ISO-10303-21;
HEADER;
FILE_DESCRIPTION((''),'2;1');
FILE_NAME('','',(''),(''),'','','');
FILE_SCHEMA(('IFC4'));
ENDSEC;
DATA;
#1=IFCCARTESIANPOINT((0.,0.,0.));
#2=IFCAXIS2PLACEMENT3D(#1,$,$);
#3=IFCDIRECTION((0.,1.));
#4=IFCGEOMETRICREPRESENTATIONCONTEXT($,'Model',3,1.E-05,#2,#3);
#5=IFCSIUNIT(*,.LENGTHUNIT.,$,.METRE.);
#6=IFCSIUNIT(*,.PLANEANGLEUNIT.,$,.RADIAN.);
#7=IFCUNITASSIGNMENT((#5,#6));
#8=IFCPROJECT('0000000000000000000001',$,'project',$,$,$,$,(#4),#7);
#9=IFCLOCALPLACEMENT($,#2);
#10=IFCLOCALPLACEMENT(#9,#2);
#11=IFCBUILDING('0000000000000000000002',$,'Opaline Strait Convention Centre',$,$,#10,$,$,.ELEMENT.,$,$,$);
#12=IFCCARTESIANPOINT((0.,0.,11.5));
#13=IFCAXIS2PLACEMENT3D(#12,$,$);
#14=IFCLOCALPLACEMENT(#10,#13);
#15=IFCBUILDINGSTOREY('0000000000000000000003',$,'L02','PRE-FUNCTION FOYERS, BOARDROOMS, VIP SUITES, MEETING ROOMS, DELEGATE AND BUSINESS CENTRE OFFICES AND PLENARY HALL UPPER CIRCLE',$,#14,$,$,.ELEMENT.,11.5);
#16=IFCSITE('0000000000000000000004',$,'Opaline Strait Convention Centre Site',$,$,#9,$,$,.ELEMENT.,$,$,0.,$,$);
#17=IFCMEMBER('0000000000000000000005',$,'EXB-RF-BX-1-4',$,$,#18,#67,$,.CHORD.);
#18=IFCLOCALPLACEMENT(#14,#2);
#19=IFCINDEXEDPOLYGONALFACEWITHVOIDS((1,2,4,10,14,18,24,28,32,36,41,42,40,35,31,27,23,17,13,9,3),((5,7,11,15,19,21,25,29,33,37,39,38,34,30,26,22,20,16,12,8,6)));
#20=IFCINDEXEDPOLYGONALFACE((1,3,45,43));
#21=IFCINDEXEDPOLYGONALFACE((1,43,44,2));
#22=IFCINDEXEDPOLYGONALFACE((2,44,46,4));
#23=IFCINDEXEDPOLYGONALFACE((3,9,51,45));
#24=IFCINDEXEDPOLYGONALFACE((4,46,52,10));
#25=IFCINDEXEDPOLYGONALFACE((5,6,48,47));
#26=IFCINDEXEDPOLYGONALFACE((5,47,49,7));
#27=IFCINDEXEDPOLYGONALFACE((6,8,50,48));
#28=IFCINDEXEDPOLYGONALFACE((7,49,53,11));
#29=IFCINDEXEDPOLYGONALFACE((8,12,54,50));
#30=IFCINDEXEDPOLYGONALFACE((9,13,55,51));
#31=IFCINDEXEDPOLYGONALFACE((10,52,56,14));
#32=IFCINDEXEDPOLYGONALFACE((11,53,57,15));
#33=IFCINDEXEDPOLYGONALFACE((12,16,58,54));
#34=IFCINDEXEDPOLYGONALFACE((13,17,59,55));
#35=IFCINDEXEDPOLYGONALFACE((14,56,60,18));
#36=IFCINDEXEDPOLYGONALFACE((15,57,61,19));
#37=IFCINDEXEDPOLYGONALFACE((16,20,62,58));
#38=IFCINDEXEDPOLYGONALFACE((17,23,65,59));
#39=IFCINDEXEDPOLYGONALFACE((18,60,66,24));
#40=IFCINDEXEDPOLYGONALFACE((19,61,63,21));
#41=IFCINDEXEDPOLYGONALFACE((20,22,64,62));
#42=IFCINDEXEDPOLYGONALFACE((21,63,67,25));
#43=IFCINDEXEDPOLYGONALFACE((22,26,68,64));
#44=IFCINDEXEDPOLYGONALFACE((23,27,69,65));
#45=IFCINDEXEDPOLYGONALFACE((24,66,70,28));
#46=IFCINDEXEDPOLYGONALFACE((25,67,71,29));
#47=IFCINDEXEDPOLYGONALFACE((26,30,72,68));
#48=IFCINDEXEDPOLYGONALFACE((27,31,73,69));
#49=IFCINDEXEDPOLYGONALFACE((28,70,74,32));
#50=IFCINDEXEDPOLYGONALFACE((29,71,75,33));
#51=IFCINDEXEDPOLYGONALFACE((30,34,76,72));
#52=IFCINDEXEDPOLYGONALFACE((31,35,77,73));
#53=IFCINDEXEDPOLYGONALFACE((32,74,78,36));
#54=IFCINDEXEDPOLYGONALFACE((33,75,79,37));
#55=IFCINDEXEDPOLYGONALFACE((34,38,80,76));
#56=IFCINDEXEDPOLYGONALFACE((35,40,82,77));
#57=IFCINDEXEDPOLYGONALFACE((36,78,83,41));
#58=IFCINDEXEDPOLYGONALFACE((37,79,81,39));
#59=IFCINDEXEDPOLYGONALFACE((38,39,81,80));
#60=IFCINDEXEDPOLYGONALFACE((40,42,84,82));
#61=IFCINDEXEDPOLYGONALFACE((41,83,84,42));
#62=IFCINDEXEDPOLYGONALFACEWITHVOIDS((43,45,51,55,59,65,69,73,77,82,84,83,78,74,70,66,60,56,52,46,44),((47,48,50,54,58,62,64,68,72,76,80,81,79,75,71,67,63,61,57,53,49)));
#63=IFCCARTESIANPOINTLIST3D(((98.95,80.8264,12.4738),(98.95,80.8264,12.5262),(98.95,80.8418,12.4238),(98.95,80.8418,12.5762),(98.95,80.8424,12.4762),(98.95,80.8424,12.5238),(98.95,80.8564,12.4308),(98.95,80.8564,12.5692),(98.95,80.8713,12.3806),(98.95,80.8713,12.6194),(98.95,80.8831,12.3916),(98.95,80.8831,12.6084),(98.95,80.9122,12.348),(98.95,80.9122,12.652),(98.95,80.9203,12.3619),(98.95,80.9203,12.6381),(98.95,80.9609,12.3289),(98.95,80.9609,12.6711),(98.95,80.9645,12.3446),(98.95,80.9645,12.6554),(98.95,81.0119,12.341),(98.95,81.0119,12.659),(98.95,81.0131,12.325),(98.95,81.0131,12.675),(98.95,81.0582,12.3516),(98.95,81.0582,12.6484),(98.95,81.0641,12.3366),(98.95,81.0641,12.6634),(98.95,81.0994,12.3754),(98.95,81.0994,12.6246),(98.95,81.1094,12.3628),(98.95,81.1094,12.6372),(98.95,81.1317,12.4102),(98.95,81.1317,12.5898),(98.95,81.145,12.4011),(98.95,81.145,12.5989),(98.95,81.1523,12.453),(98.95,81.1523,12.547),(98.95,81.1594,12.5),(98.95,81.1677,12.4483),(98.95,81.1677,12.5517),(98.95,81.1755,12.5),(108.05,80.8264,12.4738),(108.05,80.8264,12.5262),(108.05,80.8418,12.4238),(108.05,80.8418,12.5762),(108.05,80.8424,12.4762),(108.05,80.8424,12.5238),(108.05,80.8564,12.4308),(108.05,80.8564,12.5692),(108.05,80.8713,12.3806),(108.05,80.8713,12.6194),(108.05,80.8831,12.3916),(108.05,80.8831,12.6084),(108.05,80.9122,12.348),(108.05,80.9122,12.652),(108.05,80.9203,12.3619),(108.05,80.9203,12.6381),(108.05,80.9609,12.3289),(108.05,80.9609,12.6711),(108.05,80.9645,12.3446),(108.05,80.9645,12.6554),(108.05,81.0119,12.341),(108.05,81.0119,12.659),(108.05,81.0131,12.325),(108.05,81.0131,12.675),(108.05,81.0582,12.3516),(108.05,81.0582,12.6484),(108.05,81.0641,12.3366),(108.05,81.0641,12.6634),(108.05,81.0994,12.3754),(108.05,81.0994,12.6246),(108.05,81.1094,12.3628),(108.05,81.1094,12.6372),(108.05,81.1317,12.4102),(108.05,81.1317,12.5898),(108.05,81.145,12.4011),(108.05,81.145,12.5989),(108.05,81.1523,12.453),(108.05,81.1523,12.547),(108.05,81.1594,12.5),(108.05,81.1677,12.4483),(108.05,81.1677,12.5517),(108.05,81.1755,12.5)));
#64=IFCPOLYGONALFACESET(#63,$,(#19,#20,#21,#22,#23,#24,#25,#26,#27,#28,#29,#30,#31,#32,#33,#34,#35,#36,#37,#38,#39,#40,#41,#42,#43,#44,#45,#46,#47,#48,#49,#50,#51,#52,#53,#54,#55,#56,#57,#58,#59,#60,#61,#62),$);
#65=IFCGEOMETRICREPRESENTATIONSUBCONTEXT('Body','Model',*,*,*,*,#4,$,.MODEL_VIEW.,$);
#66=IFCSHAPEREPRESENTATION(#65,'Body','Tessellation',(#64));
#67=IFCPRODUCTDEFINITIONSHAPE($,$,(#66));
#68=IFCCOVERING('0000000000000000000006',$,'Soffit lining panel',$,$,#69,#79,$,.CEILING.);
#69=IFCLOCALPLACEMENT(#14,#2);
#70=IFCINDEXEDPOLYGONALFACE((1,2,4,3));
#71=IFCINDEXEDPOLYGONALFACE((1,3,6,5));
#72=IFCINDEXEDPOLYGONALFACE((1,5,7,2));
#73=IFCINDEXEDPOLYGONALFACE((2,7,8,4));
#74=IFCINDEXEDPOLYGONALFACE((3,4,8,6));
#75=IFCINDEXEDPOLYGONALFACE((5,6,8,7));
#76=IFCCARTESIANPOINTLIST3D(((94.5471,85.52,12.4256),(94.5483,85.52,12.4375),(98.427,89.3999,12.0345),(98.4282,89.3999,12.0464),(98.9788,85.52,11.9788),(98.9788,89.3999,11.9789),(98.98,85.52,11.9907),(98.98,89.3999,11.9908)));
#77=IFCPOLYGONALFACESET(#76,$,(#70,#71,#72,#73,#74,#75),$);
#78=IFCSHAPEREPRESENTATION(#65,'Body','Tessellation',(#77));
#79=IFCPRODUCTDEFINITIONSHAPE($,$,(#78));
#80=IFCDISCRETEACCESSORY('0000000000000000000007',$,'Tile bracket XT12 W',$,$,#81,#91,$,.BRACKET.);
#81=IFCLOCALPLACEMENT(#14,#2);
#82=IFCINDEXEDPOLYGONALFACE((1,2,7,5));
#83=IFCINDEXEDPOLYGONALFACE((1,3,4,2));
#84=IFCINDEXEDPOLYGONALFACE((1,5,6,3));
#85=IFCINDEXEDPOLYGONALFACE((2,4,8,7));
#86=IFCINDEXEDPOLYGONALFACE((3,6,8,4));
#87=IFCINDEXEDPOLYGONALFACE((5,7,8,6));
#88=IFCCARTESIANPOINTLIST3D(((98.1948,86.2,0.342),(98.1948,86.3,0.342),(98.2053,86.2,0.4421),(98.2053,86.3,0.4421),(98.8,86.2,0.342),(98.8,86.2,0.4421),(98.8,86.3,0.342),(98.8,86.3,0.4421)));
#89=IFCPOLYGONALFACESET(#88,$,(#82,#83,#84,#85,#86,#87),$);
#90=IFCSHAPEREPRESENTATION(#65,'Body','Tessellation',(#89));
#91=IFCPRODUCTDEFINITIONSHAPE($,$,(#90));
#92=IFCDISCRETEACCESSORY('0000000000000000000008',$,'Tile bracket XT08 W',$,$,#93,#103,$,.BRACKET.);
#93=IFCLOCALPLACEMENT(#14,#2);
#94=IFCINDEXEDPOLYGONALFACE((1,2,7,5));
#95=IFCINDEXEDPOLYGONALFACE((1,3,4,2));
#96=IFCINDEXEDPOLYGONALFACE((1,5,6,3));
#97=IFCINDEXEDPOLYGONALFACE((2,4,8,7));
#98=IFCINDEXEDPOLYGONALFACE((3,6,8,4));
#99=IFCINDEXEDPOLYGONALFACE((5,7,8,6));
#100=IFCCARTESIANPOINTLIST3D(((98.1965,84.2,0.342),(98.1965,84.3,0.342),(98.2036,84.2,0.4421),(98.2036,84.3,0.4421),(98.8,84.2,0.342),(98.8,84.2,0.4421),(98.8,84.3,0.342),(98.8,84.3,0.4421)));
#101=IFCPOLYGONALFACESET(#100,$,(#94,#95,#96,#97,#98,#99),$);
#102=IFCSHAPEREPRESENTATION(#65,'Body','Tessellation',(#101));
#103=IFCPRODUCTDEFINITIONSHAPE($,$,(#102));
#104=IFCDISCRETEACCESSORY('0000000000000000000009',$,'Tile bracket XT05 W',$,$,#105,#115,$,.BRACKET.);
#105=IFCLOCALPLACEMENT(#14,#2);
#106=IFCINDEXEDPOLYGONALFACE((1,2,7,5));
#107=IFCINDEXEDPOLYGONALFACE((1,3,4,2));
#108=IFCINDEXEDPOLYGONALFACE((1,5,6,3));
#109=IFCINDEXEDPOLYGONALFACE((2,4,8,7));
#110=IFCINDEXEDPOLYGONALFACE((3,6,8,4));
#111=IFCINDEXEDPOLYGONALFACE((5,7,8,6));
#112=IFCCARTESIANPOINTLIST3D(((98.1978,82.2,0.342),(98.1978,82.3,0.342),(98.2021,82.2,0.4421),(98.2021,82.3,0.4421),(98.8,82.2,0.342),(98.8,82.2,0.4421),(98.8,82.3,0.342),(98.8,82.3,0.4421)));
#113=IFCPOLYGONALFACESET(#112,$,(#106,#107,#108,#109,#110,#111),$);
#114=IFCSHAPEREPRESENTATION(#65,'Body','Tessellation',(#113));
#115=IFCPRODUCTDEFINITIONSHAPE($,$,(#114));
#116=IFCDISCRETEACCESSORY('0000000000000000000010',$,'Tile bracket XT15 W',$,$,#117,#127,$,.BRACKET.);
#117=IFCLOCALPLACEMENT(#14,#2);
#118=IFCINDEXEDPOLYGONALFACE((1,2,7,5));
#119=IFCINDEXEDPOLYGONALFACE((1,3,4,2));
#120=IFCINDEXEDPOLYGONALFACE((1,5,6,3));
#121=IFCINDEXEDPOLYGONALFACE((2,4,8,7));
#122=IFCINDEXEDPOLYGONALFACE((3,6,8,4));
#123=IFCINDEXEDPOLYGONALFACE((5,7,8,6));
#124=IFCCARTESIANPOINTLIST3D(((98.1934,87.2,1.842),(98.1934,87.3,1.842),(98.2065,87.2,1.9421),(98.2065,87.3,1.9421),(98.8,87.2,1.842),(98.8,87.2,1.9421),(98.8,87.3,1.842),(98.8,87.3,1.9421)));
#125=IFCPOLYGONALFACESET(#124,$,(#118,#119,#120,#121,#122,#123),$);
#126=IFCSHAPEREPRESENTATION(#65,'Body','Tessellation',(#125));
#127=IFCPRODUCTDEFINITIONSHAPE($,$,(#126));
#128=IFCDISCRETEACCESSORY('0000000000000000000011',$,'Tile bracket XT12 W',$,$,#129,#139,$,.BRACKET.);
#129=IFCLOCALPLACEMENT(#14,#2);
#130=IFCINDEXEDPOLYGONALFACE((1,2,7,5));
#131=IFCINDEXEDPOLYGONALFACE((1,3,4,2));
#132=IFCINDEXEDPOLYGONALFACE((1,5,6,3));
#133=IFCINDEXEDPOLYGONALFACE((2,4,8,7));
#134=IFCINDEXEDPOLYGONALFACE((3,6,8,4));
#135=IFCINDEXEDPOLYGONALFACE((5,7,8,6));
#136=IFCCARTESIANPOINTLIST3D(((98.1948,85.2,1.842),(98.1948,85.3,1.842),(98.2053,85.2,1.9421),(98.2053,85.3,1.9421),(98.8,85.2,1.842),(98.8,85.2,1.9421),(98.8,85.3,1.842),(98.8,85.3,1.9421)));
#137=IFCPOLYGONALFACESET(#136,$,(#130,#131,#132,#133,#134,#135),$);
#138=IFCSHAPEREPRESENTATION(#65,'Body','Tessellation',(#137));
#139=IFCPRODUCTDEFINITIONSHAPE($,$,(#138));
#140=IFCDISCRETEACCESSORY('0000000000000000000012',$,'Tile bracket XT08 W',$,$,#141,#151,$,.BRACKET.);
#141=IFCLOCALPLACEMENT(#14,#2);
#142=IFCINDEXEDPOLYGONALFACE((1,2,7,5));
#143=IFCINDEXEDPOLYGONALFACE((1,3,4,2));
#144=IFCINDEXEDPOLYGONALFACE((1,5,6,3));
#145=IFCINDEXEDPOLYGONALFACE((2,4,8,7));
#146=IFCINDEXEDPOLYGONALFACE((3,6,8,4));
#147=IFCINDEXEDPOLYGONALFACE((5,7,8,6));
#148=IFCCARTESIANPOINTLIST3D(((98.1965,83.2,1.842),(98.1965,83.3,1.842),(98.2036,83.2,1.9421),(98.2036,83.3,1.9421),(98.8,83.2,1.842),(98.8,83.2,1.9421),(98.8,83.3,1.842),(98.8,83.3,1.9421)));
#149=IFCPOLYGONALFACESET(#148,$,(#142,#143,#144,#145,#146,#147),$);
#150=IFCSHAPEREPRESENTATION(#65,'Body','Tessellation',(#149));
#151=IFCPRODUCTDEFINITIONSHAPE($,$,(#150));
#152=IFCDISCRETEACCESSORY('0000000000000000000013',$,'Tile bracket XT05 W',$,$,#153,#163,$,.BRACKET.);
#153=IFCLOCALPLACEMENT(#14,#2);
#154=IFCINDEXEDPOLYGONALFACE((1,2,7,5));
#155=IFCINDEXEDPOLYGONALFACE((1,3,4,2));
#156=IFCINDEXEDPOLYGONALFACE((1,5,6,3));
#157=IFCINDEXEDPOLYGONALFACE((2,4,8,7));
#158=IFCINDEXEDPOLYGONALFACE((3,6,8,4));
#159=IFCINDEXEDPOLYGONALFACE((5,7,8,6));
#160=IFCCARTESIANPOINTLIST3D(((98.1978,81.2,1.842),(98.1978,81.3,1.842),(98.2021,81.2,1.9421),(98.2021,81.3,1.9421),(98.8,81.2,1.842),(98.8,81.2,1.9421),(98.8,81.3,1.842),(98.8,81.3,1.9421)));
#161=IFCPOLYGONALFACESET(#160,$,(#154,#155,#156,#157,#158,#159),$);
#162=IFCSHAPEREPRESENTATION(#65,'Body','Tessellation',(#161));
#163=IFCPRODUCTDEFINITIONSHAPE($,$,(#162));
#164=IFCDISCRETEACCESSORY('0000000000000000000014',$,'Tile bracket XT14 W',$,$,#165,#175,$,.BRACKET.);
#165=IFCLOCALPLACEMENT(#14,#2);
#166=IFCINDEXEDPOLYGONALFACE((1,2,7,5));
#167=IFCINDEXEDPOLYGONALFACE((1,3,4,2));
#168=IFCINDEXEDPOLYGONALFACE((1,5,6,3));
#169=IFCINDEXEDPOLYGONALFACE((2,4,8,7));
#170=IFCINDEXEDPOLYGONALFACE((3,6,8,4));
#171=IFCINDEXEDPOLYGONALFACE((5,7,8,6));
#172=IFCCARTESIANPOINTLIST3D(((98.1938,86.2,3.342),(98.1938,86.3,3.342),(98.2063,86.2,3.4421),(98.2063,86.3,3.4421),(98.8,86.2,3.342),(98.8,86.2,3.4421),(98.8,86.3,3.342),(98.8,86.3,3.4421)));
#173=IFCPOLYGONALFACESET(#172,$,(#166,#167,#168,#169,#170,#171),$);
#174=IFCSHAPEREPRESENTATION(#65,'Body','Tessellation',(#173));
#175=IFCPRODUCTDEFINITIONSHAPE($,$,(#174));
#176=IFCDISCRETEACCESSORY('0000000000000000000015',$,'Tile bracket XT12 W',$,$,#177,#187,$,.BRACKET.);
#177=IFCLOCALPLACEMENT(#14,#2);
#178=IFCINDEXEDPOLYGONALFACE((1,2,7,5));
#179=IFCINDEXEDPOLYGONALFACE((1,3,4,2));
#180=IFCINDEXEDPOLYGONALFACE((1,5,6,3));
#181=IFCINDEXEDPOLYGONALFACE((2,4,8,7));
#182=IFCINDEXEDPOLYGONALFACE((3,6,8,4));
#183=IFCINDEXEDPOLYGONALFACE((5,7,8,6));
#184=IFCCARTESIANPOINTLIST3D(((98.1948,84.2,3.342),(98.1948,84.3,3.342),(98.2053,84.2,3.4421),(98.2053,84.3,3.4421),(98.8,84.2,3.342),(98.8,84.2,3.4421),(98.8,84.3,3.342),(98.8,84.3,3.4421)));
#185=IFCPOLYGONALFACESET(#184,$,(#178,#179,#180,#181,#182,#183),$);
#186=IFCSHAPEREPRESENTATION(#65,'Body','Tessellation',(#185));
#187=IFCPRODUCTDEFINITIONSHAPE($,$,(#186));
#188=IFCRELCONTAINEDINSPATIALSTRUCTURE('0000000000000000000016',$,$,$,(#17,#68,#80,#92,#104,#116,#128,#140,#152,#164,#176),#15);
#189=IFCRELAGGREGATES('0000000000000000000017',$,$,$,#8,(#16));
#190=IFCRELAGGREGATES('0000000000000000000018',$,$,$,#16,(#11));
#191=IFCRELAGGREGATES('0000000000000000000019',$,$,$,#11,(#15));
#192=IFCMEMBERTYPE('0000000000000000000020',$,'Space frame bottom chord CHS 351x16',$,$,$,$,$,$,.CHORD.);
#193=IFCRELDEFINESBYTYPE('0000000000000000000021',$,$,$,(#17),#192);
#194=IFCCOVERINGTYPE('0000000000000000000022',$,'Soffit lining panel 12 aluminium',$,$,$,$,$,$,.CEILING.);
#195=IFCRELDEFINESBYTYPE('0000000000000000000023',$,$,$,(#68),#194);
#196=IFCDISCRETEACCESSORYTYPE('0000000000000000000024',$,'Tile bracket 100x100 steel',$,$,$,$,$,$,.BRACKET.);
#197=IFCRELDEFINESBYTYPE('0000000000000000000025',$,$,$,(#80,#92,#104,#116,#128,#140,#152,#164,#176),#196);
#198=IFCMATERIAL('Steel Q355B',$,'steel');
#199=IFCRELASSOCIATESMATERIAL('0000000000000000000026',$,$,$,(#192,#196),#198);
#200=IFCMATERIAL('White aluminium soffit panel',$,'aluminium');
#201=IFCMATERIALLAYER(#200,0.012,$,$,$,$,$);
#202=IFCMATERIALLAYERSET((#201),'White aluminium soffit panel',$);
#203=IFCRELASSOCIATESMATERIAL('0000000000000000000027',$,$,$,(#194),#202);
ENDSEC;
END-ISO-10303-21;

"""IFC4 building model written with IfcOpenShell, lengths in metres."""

from ifc_helpers import new_model, si_unit, direction, frame, origin, origin_2d, place, context, subcontext, project, spatial, polyline, hollow_circle, outline, extrude, material, layer, layer_set, material_profile, profile_set, type_object, element, save


model = new_model("IFC4")

# Units and contexts
model_context = context("Model", 3, precision=1e-05, world=origin(), true_north=direction((0.0, 1.0)))
body_context = subcontext(model_context, "Body", "Model", "MODEL_VIEW")
ifc_project = project(units=[si_unit("LENGTHUNIT", "METRE"), si_unit("PLANEANGLEUNIT", "RADIAN")], contexts=[model_context])

# Site, building, storey
site_placement = place(None, origin())
site = spatial("IfcSite", under=ifc_project, at=site_placement, Name="Opaline Strait Convention Centre Site", CompositionType="ELEMENT", RefElevation=0.0)
building_placement = place(site_placement, origin())
building = spatial("IfcBuilding", under=site, at=building_placement, Name="Opaline Strait Convention Centre", CompositionType="ELEMENT")
storey_placement = place(building_placement, frame((0.0, 0.0, 11.5)))
storey = spatial("IfcBuildingStorey", under=building, at=storey_placement, Name="L02", Description="PRE-FUNCTION FOYERS, BOARDROOMS, VIP SUITES, MEETING ROOMS, DELEGATE AND BUSINESS CENTRE OFFICES AND PLENARY HALL UPPER CIRCLE", CompositionType="ELEMENT", Elevation=11.5)

# Member
ifc_material_1 = material(Name="Steel Q355B", Category="steel")
ifc_material_profile = material_profile(ifc_material_1, hollow_circle(Radius=0.1755, WallThickness=0.0161, at=origin_2d()), Name="CHS 351x16")
ifc_profile_set = profile_set([ifc_material_profile], Name="Steel Q355B")
member_type = type_object("IfcMemberType", Name="Space frame bottom chord CHS 351x16", PredefinedType="CHORD", material=ifc_profile_set)
member_placement = place(storey_placement, frame((98.95, 81.0, 12.5), z_axis=(1.0, 0.0, 0.0), x_axis=(0.0, 1.0, 0.0)))
element("IfcMember", 1, at=member_placement, inside=storey, type_object=member_type, Name="EXB-RF-BX-1-4", PredefinedType="CHORD", context=body_context, shape_type="SweptSolid", body=[
    extrude(hollow_circle(Radius=0.1755, WallThickness=0.0161, at=origin_2d()), origin(), (0.0, 0.0, 1.0), 9.1001),
])

# Covering
ifc_material_2 = material(Name="White aluminium soffit panel", Category="aluminium")
ifc_layer = layer(ifc_material_2, 0.012)
ifc_layer_set = layer_set([ifc_layer], Name="White aluminium soffit panel")
covering_type = type_object("IfcCoveringType", Name="Soffit lining panel 12 aluminium", PredefinedType="CEILING", material=ifc_layer_set)
covering_placement = place(storey_placement, frame((98.98, 85.52, 11.9907), z_axis=(0.100314, -0.000009, 0.994956), x_axis=(-0.994956, 0.0, 0.100314)))
element("IfcCovering", 2, at=covering_placement, inside=storey, type_object=covering_type, Name="Soffit lining panel", PredefinedType="CEILING", context=body_context, shape_type="SweptSolid", body=[
    extrude(outline(polyline([(0.0, 0.0), (4.4541, 0.0), (0.5546, -3.8799), (0.0, -3.8799), (0.0, 0.0)])), origin(), (0.0, 0.0, -1.0), 0.012),
])

# Discrete accessories
discrete_accessory_type = type_object("IfcDiscreteAccessoryType", Name="Tile bracket 100x100 steel", PredefinedType="BRACKET", material=ifc_material_1)
discrete_accessory_1_placement = place(storey_placement, frame((98.8, 86.3, 0.3921), z_axis=(0.0, -1.0, 0.0), x_axis=(1.0, 0.0, 0.0)))
element("IfcDiscreteAccessory", 3, at=discrete_accessory_1_placement, inside=storey, type_object=discrete_accessory_type, Name="Tile bracket XT12 W", PredefinedType="BRACKET", context=body_context, shape_type="SweptSolid", body=[
    extrude(outline(polyline([(0.0, -0.05), (0.0, 0.05), (-0.5947, 0.05), (-0.6052, -0.05), (0.0, -0.05)])), origin(), (0.0, 0.0, 1.0), 0.1001),
])
discrete_accessory_2_placement = place(storey_placement, frame((98.8, 84.3, 0.3921), z_axis=(0.0, -1.0, 0.0), x_axis=(1.0, 0.0, 0.0)))
element("IfcDiscreteAccessory", 4, at=discrete_accessory_2_placement, inside=storey, type_object=discrete_accessory_type, Name="Tile bracket XT08 W", PredefinedType="BRACKET", context=body_context, shape_type="SweptSolid", body=[
    extrude(outline(polyline([(0.0, -0.05), (0.0, 0.05), (-0.5964, 0.05), (-0.6035, -0.05), (0.0, -0.05)])), origin(), (0.0, 0.0, 1.0), 0.1001),
])
discrete_accessory_3_placement = place(storey_placement, frame((98.8, 82.3, 0.3921), z_axis=(0.0, -1.0, 0.0), x_axis=(1.0, 0.0, 0.0)))
element("IfcDiscreteAccessory", 5, at=discrete_accessory_3_placement, inside=storey, type_object=discrete_accessory_type, Name="Tile bracket XT05 W", PredefinedType="BRACKET", context=body_context, shape_type="SweptSolid", body=[
    extrude(outline(polyline([(0.0, -0.05), (0.0, 0.05), (-0.5979, 0.05), (-0.6023, -0.05), (0.0, -0.05)])), origin(), (0.0, 0.0, 1.0), 0.1001),
])
discrete_accessory_4_placement = place(storey_placement, frame((98.8, 87.3, 1.8921), z_axis=(0.0, -1.0, 0.0), x_axis=(1.0, 0.0, 0.0)))
element("IfcDiscreteAccessory", 6, at=discrete_accessory_4_placement, inside=storey, type_object=discrete_accessory_type, Name="Tile bracket XT15 W", PredefinedType="BRACKET", context=body_context, shape_type="SweptSolid", body=[
    extrude(outline(polyline([(0.0, -0.05), (0.0, 0.05), (-0.5935, 0.05), (-0.6067, -0.05), (0.0, -0.05)])), origin(), (0.0, 0.0, 1.0), 0.1001),
])
discrete_accessory_5_placement = place(storey_placement, frame((98.8, 85.3, 1.8921), z_axis=(0.0, -1.0, 0.0), x_axis=(1.0, 0.0, 0.0)))
element("IfcDiscreteAccessory", 7, at=discrete_accessory_5_placement, inside=storey, type_object=discrete_accessory_type, Name="Tile bracket XT12 W", PredefinedType="BRACKET", context=body_context, shape_type="SweptSolid", body=[
    extrude(outline(polyline([(0.0, -0.05), (0.0, 0.05), (-0.5947, 0.05), (-0.6052, -0.05), (0.0, -0.05)])), origin(), (0.0, 0.0, 1.0), 0.1001),
])
discrete_accessory_6_placement = place(storey_placement, frame((98.8, 83.3, 1.8921), z_axis=(0.0, -1.0, 0.0), x_axis=(1.0, 0.0, 0.0)))
element("IfcDiscreteAccessory", 8, at=discrete_accessory_6_placement, inside=storey, type_object=discrete_accessory_type, Name="Tile bracket XT08 W", PredefinedType="BRACKET", context=body_context, shape_type="SweptSolid", body=[
    extrude(outline(polyline([(0.0, -0.05), (0.0, 0.05), (-0.5964, 0.05), (-0.6035, -0.05), (0.0, -0.05)])), origin(), (0.0, 0.0, 1.0), 0.1001),
])
discrete_accessory_7_placement = place(storey_placement, frame((98.8, 81.3, 1.8921), z_axis=(0.0, -1.0, 0.0), x_axis=(1.0, 0.0, 0.0)))
element("IfcDiscreteAccessory", 9, at=discrete_accessory_7_placement, inside=storey, type_object=discrete_accessory_type, Name="Tile bracket XT05 W", PredefinedType="BRACKET", context=body_context, shape_type="SweptSolid", body=[
    extrude(outline(polyline([(0.0, -0.05), (0.0, 0.05), (-0.5979, 0.05), (-0.6023, -0.05), (0.0, -0.05)])), origin(), (0.0, 0.0, 1.0), 0.1001),
])
discrete_accessory_8_placement = place(storey_placement, frame((98.8, 86.3, 3.3921), z_axis=(0.0, -1.0, 0.0), x_axis=(1.0, 0.0, 0.0)))
element("IfcDiscreteAccessory", 10, at=discrete_accessory_8_placement, inside=storey, type_object=discrete_accessory_type, Name="Tile bracket XT14 W", PredefinedType="BRACKET", context=body_context, shape_type="SweptSolid", body=[
    extrude(outline(polyline([(0.0, -0.05), (0.0, 0.05), (-0.5938, 0.05), (-0.6062, -0.05), (0.0, -0.05)])), origin(), (0.0, 0.0, 1.0), 0.1001),
])
discrete_accessory_9_placement = place(storey_placement, frame((98.8, 84.3, 3.3921), z_axis=(0.0, -1.0, 0.0), x_axis=(1.0, 0.0, 0.0)))
element("IfcDiscreteAccessory", 11, at=discrete_accessory_9_placement, inside=storey, type_object=discrete_accessory_type, Name="Tile bracket XT12 W", PredefinedType="BRACKET", context=body_context, shape_type="SweptSolid", body=[
    extrude(outline(polyline([(0.0, -0.05), (0.0, 0.05), (-0.5947, 0.05), (-0.6052, -0.05), (0.0, -0.05)])), origin(), (0.0, 0.0, 1.0), 0.1001),
])

save(model, "model.ifc")
